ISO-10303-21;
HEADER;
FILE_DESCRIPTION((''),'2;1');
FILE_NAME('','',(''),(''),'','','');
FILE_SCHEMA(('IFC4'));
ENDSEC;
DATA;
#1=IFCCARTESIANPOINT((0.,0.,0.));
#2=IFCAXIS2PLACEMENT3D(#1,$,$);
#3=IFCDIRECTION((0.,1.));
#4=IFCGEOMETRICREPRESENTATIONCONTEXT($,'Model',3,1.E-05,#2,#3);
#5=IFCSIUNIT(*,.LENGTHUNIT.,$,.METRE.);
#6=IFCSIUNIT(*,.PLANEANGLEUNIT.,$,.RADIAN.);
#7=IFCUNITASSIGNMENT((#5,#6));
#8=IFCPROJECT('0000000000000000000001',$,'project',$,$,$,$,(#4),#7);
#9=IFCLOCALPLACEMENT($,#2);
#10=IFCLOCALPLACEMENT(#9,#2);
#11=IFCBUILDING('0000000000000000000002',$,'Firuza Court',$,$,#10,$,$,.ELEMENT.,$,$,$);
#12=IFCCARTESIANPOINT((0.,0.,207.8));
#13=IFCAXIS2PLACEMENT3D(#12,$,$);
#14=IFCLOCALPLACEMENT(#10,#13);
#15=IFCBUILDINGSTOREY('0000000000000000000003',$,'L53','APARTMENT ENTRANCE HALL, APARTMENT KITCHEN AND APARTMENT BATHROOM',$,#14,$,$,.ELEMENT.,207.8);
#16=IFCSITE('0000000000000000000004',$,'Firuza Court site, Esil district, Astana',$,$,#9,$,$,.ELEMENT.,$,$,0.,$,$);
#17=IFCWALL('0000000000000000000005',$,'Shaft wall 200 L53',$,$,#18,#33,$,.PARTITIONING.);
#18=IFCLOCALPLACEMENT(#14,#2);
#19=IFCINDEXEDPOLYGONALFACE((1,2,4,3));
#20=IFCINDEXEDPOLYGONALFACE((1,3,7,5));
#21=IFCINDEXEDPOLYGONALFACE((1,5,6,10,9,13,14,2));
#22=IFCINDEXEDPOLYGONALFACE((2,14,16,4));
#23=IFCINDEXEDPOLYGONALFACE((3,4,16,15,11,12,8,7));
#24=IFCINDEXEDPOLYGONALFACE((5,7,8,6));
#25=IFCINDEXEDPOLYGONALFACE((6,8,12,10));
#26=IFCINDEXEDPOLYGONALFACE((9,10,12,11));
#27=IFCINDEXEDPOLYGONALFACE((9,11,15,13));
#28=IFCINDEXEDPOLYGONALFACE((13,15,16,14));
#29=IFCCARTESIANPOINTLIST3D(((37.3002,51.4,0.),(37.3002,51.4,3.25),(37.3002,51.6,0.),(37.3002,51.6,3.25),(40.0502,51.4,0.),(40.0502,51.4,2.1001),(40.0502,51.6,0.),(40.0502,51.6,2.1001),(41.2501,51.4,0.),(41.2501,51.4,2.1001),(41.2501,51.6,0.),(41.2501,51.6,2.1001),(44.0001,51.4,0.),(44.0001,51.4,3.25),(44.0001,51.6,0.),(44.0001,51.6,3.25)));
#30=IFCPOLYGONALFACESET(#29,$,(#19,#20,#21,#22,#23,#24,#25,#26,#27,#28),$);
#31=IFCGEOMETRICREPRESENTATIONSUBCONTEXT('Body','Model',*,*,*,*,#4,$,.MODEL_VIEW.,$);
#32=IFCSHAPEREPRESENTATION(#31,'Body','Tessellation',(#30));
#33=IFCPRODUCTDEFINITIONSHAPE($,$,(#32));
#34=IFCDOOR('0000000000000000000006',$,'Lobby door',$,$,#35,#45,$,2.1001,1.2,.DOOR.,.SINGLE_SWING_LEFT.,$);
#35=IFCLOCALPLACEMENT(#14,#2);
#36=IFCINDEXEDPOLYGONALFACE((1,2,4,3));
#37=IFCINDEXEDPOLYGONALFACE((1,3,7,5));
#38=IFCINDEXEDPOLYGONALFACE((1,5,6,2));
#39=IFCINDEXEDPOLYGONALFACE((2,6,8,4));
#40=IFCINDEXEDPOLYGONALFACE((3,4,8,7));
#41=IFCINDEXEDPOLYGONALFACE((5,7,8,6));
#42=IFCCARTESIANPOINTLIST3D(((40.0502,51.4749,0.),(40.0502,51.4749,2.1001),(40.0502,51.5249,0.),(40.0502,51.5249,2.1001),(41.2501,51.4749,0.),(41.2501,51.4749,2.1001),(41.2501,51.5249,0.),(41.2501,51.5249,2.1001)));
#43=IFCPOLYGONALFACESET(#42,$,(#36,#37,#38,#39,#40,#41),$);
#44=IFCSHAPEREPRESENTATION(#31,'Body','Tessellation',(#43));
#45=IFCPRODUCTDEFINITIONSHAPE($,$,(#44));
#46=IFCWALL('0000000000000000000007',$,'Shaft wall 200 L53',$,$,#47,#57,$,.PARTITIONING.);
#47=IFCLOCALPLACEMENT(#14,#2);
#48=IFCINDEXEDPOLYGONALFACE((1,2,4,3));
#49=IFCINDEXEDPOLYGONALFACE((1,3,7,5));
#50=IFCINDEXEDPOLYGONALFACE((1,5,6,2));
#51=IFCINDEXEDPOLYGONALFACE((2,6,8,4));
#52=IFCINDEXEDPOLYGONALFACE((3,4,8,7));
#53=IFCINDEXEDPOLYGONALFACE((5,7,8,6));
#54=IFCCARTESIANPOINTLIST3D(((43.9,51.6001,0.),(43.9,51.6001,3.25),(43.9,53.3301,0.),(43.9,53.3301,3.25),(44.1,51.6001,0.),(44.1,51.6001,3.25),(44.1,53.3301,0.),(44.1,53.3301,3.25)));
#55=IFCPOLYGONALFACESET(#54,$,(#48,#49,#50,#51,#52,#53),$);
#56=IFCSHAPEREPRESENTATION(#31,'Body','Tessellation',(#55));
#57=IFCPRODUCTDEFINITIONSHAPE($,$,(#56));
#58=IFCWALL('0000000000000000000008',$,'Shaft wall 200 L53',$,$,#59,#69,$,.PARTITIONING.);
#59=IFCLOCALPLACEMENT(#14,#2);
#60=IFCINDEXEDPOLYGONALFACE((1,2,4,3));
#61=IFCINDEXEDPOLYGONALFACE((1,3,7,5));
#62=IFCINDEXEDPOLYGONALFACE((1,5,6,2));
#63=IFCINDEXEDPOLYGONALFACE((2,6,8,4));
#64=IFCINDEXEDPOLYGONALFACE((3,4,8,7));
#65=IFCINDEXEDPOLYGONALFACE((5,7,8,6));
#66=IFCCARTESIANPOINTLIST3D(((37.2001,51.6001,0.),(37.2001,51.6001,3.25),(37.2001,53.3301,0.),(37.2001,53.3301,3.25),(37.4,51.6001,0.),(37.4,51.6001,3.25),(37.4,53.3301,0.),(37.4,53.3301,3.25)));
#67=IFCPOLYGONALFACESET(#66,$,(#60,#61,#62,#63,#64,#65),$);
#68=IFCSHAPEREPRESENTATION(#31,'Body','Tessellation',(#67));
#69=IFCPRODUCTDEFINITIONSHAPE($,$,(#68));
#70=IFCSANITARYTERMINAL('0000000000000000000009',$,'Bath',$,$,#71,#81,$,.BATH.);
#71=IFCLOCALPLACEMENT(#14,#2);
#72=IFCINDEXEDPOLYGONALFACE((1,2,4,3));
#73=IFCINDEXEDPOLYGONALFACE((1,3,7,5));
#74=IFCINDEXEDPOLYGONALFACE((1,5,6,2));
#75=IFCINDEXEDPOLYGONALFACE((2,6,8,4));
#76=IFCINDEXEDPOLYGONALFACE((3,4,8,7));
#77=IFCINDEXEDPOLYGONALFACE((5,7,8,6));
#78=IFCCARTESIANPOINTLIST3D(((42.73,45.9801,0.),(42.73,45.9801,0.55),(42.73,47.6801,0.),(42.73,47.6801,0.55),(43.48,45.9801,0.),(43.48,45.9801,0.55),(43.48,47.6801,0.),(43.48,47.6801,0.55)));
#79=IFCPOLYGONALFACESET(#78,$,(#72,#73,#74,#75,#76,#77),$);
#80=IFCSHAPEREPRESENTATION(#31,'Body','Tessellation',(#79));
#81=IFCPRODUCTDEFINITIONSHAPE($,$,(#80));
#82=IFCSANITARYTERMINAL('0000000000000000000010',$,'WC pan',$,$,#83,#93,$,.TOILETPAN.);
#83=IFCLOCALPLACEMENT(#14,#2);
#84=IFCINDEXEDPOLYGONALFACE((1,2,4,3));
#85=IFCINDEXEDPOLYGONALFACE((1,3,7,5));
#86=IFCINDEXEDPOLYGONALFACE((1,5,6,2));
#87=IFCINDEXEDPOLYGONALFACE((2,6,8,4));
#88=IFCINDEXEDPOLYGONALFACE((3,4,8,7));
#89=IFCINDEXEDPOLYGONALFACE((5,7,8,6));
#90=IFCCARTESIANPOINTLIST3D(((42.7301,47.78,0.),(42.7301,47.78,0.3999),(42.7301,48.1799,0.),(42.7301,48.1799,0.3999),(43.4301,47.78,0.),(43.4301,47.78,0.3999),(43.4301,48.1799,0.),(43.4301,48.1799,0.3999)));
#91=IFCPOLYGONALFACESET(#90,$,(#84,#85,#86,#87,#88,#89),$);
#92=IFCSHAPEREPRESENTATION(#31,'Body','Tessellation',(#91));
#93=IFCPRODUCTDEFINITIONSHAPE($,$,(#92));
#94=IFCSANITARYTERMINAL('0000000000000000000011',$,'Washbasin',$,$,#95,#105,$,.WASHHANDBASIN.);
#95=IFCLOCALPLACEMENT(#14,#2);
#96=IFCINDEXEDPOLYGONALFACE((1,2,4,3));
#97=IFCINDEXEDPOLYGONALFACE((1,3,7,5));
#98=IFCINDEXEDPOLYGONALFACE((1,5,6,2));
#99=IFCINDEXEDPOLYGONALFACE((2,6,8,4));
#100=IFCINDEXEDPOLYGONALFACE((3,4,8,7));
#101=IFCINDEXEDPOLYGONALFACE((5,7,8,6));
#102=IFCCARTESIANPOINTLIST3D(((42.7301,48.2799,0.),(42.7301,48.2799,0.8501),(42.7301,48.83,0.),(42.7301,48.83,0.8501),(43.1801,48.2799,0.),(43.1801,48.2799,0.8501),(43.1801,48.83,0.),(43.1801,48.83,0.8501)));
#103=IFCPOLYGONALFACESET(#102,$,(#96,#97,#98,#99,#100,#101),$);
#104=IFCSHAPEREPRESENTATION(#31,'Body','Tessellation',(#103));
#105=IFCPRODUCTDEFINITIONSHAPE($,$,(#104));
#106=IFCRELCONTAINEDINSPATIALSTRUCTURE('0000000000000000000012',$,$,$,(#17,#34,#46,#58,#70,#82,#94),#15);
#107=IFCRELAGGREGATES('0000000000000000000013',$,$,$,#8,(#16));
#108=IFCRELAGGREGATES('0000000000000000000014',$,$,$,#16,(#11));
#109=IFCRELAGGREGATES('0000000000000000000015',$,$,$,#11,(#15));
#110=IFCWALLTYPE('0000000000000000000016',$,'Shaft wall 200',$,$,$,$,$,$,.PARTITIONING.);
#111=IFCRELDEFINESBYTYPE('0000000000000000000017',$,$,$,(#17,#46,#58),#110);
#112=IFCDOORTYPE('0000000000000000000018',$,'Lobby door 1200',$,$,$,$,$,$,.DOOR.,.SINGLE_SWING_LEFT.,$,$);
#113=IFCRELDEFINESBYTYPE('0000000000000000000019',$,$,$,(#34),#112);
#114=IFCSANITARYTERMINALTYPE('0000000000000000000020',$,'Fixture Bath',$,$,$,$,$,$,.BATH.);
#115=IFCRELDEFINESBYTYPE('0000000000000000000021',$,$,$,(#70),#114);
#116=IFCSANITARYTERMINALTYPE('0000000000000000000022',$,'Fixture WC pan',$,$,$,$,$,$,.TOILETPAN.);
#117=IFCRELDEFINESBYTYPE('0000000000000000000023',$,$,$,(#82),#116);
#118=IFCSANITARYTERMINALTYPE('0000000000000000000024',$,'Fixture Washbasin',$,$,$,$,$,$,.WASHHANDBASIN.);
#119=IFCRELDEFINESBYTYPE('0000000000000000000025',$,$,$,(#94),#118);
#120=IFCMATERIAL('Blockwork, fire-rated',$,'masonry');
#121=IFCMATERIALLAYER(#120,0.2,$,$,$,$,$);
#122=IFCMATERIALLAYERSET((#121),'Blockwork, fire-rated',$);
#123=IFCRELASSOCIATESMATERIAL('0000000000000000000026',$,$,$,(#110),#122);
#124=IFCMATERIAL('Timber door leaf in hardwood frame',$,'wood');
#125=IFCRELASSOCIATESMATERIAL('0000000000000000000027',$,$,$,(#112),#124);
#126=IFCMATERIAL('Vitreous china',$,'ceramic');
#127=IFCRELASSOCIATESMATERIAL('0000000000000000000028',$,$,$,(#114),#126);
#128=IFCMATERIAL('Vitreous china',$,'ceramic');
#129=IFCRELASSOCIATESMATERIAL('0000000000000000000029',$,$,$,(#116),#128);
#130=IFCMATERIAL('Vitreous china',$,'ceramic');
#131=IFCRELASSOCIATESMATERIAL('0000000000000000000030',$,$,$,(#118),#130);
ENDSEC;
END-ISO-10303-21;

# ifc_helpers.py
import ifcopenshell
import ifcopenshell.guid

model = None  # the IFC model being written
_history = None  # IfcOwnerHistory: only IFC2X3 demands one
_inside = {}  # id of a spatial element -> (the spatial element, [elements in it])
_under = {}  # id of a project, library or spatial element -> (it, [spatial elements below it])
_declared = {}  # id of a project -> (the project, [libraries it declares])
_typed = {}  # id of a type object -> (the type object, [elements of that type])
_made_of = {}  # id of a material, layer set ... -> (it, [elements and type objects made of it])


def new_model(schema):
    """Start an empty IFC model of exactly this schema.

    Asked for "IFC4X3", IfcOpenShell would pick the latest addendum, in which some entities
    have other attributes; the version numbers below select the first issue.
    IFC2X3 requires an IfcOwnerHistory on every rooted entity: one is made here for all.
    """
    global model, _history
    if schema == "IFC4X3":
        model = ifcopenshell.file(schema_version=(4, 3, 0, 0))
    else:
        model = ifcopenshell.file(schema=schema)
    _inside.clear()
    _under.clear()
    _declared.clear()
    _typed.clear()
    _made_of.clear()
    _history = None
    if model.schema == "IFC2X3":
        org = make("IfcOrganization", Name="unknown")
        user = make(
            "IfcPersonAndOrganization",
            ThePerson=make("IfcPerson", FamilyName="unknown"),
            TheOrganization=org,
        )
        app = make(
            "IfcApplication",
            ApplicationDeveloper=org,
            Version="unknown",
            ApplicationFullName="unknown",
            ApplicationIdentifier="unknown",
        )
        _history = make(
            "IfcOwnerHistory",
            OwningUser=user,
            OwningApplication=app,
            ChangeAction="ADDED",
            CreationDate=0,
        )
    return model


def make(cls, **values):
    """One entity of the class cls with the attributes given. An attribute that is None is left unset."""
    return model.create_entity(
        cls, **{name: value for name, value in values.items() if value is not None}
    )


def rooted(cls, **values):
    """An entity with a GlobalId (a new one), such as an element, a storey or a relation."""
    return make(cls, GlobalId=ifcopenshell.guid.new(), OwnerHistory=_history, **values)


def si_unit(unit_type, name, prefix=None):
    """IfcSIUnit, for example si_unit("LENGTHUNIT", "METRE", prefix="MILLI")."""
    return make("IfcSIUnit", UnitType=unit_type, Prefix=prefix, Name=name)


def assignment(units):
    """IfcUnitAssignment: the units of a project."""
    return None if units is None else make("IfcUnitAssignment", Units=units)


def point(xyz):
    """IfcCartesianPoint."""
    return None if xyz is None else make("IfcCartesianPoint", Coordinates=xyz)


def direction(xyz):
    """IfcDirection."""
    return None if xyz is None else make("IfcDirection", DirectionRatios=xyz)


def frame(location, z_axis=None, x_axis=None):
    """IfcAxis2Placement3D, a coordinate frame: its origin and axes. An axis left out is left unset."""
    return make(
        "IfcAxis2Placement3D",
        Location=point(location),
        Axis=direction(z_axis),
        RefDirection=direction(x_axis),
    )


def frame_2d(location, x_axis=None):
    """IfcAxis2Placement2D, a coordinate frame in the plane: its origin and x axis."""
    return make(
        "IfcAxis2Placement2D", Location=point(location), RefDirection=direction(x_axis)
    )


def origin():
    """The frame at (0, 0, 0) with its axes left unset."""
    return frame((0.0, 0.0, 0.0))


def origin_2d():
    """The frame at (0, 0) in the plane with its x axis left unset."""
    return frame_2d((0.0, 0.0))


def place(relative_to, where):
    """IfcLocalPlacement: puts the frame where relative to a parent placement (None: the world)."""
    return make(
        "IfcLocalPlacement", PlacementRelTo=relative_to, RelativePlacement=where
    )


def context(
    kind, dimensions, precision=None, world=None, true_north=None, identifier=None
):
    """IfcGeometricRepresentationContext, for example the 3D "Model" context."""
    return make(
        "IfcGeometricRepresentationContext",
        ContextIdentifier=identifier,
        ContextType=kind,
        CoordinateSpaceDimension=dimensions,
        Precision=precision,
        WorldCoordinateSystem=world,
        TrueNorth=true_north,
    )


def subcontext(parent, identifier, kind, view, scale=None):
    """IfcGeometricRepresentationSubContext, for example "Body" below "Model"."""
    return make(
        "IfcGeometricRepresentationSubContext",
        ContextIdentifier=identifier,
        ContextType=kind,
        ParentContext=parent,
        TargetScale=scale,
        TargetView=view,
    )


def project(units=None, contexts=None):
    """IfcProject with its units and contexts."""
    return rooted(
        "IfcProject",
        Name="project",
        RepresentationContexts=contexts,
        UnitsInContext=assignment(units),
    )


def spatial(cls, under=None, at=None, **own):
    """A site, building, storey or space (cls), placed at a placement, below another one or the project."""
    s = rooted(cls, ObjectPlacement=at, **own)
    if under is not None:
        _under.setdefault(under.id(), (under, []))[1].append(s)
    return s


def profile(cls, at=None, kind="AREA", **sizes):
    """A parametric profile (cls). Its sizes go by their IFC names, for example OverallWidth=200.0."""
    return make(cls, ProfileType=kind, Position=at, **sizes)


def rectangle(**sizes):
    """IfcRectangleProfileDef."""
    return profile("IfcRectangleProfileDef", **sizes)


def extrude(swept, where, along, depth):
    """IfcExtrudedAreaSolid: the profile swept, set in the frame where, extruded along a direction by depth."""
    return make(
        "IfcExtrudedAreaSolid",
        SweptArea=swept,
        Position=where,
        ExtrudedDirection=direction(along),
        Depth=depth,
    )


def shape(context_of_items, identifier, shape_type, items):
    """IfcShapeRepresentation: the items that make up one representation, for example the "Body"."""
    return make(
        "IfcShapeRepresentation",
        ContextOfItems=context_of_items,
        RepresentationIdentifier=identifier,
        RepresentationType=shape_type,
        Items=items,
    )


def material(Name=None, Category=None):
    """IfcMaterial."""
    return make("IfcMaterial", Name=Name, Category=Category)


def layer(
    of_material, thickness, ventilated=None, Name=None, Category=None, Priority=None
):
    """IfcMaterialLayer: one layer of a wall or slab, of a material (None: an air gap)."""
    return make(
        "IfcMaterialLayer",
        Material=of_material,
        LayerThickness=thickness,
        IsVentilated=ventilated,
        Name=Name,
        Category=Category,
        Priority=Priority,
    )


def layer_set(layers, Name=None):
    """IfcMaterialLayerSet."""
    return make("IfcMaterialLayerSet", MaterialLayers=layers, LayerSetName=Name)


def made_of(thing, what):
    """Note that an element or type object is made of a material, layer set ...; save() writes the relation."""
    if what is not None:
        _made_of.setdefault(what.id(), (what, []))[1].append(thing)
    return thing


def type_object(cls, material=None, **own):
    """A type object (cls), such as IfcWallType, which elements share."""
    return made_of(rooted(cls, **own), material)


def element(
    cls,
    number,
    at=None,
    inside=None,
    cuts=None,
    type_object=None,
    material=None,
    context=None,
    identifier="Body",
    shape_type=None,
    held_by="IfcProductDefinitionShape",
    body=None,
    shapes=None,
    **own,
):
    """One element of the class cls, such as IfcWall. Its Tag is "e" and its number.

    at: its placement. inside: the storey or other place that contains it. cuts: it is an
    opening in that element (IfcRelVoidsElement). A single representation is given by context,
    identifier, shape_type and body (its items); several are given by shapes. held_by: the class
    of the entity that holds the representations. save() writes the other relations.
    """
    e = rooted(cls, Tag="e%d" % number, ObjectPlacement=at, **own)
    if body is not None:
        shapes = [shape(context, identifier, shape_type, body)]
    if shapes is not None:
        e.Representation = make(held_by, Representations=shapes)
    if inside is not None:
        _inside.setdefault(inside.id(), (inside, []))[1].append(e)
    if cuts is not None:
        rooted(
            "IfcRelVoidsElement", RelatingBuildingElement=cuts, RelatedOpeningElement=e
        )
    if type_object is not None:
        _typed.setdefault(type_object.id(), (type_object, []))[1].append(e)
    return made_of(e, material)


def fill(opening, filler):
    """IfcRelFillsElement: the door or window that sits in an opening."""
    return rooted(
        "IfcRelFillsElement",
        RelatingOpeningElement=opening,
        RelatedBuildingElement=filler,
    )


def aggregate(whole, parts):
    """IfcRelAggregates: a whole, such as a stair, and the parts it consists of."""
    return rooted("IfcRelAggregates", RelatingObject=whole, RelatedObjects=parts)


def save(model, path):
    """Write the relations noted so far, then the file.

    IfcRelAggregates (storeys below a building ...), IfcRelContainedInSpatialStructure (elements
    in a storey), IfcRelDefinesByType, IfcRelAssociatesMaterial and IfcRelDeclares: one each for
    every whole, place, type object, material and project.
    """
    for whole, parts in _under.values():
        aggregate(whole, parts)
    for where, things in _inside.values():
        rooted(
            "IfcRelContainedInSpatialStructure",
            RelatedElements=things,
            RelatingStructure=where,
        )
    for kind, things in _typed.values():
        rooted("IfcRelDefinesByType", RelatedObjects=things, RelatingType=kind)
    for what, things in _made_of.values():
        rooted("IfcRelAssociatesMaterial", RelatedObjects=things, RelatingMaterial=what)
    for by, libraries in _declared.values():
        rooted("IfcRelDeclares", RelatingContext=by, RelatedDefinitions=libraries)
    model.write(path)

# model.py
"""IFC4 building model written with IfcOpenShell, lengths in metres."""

from ifc_helpers import new_model, si_unit, direction, frame, frame_2d, origin, origin_2d, place, context, subcontext, project, spatial, rectangle, extrude, material, layer, layer_set, type_object, element, fill, save


model = new_model("IFC4")

# Units and contexts
model_context = context("Model", 3, precision=1e-05, world=origin(), true_north=direction((0.0, 1.0)))
body_context = subcontext(model_context, "Body", "Model", "MODEL_VIEW")
ifc_project = project(units=[si_unit("LENGTHUNIT", "METRE"), si_unit("PLANEANGLEUNIT", "RADIAN")], contexts=[model_context])

# Site, building, storey
site_placement = place(None, origin())
site = spatial("IfcSite", under=ifc_project, at=site_placement, Name="Firuza Court site, Esil district, Astana", CompositionType="ELEMENT", RefElevation=0.0)
building_placement = place(site_placement, origin())
building = spatial("IfcBuilding", under=site, at=building_placement, Name="Firuza Court", CompositionType="ELEMENT")
storey_placement = place(building_placement, frame((0.0, 0.0, 207.8)))
storey = spatial("IfcBuildingStorey", under=building, at=storey_placement, Name="L53", Description="APARTMENT ENTRANCE HALL, APARTMENT KITCHEN AND APARTMENT BATHROOM", CompositionType="ELEMENT", Elevation=207.8)

# Wall, opening, door
ifc_material_1 = material(Name="Blockwork, fire-rated", Category="masonry")
ifc_layer_1 = layer(ifc_material_1, 0.2)
ifc_layer_set_1 = layer_set([ifc_layer_1], Name="Blockwork, fire-rated")
wall_type_1 = type_object("IfcWallType", Name="Shaft wall 200", PredefinedType="PARTITIONING", material=ifc_layer_set_1)
wall_1_placement = place(storey_placement, frame((37.3, 51.5, 0.0), z_axis=(0.0, 0.0, 1.0), x_axis=(1.0, 0.0, 0.0)))
wall_1 = element("IfcWall", 1, at=wall_1_placement, inside=storey, type_object=wall_type_1, Name="Shaft wall 200 L53", PredefinedType="PARTITIONING", context=body_context, shape_type="SweptSolid", body=[
    extrude(rectangle(XDim=6.7, YDim=0.2, at=frame_2d((3.3501, 0.0))), origin(), (0.0, 0.0, 1.0), 3.25),
])
opening_1_placement = place(wall_1_placement, frame((2.75, 0.0, 0.0)))
opening_1 = element("IfcOpeningElement", 2, at=opening_1_placement, cuts=wall_1, PredefinedType="OPENING", context=body_context, shape_type="SweptSolid", body=[
    extrude(rectangle(XDim=1.2, YDim=2.1001, at=frame_2d((0.6001, 1.05))), frame((0.0, 0.1118, 0.0), z_axis=(0.0, -1.0, 0.0), x_axis=(1.0, 0.0, 0.0)), (0.0, 0.0, 1.0), 0.2239),
])
ifc_material_2 = material(Name="Timber door leaf in hardwood frame", Category="wood")
door_type_1 = type_object("IfcDoorType", Name="Lobby door 1200", OperationType="SINGLE_SWING_LEFT", PredefinedType="DOOR", material=ifc_material_2)
door_1_placement = place(opening_1_placement, origin())
door_1 = element("IfcDoor", 3, at=door_1_placement, inside=storey, type_object=door_type_1, Name="Lobby door", OperationType="SINGLE_SWING_LEFT", OverallHeight=2.1001, OverallWidth=1.2, PredefinedType="DOOR", context=body_context, shape_type="SweptSolid", body=[
    extrude(rectangle(XDim=1.2, YDim=2.1001, at=frame_2d((0.6001, 1.05))), frame((0.0, 0.0249, 0.0), z_axis=(0.0, -1.0, 0.0), x_axis=(1.0, 0.0, 0.0)), (0.0, 0.0, 1.0), 0.05),
])
fill(opening_1, door_1)

# Walls
for number, where, z_axis, x_axis, name in (
    (4, (44.0, 51.6001, 0.0), (0.0, 0.0, 1.0), (0.0, 1.0, 0.0), "Shaft wall 200 L53"),
    (5, (37.3, 51.6001, 0.0), (0.0, 0.0, 1.0), (0.0, 1.0, 0.0), "Shaft wall 200 L53"),
):
    element("IfcWall", number, at=place(storey_placement, frame(where, z_axis=z_axis, x_axis=x_axis)), inside=storey, type_object=wall_type_1, Name=name, PredefinedType="PARTITIONING", context=body_context, shape_type="SweptSolid", body=[
        extrude(rectangle(XDim=1.73, YDim=0.2, at=frame_2d((0.865, 0.0))), origin(), (0.0, 0.0, 1.0), 3.25),
    ])

# Sanitary terminals
ifc_material_3 = material(Name="Vitreous china", Category="ceramic")
sanitary_terminal_type_1 = type_object("IfcSanitaryTerminalType", Name="Fixture Bath", PredefinedType="BATH", material=ifc_material_3)
sanitary_terminal_1_placement = place(storey_placement, frame((43.105, 46.8301, 0.0), z_axis=(0.0, 0.0, 1.0), x_axis=(1.0, 0.0, 0.0)))
element("IfcSanitaryTerminal", 6, at=sanitary_terminal_1_placement, inside=storey, type_object=sanitary_terminal_type_1, Name="Bath", PredefinedType="BATH", context=body_context, shape_type="SweptSolid", body=[
    extrude(rectangle(XDim=0.75, YDim=1.7, at=origin_2d()), origin(), (0.0, 0.0, 1.0), 0.55),
])
ifc_material_4 = material(Name="Vitreous china", Category="ceramic")
sanitary_terminal_type_2 = type_object("IfcSanitaryTerminalType", Name="Fixture WC pan", PredefinedType="TOILETPAN", material=ifc_material_4)
sanitary_terminal_2_placement = place(storey_placement, frame((43.0801, 47.98, 0.0), z_axis=(0.0, 0.0, 1.0), x_axis=(1.0, 0.0, 0.0)))
element("IfcSanitaryTerminal", 7, at=sanitary_terminal_2_placement, inside=storey, type_object=sanitary_terminal_type_2, Name="WC pan", PredefinedType="TOILETPAN", context=body_context, shape_type="SweptSolid", body=[
    extrude(rectangle(XDim=0.7, YDim=0.3999, at=origin_2d()), origin(), (0.0, 0.0, 1.0), 0.3999),
])
ifc_material_5 = material(Name="Vitreous china", Category="ceramic")
sanitary_terminal_type_3 = type_object("IfcSanitaryTerminalType", Name="Fixture Washbasin", PredefinedType="WASHHANDBASIN", material=ifc_material_5)
sanitary_terminal_3_placement = place(storey_placement, frame((42.9551, 48.5549, 0.0), z_axis=(0.0, 0.0, 1.0), x_axis=(1.0, 0.0, 0.0)))
element("IfcSanitaryTerminal", 8, at=sanitary_terminal_3_placement, inside=storey, type_object=sanitary_terminal_type_3, Name="Washbasin", PredefinedType="WASHHANDBASIN", context=body_context, shape_type="SweptSolid", body=[
    extrude(rectangle(XDim=0.45, YDim=0.55, at=origin_2d()), origin(), (0.0, 0.0, 1.0), 0.8501),
])

save(model, "model.ifc")
